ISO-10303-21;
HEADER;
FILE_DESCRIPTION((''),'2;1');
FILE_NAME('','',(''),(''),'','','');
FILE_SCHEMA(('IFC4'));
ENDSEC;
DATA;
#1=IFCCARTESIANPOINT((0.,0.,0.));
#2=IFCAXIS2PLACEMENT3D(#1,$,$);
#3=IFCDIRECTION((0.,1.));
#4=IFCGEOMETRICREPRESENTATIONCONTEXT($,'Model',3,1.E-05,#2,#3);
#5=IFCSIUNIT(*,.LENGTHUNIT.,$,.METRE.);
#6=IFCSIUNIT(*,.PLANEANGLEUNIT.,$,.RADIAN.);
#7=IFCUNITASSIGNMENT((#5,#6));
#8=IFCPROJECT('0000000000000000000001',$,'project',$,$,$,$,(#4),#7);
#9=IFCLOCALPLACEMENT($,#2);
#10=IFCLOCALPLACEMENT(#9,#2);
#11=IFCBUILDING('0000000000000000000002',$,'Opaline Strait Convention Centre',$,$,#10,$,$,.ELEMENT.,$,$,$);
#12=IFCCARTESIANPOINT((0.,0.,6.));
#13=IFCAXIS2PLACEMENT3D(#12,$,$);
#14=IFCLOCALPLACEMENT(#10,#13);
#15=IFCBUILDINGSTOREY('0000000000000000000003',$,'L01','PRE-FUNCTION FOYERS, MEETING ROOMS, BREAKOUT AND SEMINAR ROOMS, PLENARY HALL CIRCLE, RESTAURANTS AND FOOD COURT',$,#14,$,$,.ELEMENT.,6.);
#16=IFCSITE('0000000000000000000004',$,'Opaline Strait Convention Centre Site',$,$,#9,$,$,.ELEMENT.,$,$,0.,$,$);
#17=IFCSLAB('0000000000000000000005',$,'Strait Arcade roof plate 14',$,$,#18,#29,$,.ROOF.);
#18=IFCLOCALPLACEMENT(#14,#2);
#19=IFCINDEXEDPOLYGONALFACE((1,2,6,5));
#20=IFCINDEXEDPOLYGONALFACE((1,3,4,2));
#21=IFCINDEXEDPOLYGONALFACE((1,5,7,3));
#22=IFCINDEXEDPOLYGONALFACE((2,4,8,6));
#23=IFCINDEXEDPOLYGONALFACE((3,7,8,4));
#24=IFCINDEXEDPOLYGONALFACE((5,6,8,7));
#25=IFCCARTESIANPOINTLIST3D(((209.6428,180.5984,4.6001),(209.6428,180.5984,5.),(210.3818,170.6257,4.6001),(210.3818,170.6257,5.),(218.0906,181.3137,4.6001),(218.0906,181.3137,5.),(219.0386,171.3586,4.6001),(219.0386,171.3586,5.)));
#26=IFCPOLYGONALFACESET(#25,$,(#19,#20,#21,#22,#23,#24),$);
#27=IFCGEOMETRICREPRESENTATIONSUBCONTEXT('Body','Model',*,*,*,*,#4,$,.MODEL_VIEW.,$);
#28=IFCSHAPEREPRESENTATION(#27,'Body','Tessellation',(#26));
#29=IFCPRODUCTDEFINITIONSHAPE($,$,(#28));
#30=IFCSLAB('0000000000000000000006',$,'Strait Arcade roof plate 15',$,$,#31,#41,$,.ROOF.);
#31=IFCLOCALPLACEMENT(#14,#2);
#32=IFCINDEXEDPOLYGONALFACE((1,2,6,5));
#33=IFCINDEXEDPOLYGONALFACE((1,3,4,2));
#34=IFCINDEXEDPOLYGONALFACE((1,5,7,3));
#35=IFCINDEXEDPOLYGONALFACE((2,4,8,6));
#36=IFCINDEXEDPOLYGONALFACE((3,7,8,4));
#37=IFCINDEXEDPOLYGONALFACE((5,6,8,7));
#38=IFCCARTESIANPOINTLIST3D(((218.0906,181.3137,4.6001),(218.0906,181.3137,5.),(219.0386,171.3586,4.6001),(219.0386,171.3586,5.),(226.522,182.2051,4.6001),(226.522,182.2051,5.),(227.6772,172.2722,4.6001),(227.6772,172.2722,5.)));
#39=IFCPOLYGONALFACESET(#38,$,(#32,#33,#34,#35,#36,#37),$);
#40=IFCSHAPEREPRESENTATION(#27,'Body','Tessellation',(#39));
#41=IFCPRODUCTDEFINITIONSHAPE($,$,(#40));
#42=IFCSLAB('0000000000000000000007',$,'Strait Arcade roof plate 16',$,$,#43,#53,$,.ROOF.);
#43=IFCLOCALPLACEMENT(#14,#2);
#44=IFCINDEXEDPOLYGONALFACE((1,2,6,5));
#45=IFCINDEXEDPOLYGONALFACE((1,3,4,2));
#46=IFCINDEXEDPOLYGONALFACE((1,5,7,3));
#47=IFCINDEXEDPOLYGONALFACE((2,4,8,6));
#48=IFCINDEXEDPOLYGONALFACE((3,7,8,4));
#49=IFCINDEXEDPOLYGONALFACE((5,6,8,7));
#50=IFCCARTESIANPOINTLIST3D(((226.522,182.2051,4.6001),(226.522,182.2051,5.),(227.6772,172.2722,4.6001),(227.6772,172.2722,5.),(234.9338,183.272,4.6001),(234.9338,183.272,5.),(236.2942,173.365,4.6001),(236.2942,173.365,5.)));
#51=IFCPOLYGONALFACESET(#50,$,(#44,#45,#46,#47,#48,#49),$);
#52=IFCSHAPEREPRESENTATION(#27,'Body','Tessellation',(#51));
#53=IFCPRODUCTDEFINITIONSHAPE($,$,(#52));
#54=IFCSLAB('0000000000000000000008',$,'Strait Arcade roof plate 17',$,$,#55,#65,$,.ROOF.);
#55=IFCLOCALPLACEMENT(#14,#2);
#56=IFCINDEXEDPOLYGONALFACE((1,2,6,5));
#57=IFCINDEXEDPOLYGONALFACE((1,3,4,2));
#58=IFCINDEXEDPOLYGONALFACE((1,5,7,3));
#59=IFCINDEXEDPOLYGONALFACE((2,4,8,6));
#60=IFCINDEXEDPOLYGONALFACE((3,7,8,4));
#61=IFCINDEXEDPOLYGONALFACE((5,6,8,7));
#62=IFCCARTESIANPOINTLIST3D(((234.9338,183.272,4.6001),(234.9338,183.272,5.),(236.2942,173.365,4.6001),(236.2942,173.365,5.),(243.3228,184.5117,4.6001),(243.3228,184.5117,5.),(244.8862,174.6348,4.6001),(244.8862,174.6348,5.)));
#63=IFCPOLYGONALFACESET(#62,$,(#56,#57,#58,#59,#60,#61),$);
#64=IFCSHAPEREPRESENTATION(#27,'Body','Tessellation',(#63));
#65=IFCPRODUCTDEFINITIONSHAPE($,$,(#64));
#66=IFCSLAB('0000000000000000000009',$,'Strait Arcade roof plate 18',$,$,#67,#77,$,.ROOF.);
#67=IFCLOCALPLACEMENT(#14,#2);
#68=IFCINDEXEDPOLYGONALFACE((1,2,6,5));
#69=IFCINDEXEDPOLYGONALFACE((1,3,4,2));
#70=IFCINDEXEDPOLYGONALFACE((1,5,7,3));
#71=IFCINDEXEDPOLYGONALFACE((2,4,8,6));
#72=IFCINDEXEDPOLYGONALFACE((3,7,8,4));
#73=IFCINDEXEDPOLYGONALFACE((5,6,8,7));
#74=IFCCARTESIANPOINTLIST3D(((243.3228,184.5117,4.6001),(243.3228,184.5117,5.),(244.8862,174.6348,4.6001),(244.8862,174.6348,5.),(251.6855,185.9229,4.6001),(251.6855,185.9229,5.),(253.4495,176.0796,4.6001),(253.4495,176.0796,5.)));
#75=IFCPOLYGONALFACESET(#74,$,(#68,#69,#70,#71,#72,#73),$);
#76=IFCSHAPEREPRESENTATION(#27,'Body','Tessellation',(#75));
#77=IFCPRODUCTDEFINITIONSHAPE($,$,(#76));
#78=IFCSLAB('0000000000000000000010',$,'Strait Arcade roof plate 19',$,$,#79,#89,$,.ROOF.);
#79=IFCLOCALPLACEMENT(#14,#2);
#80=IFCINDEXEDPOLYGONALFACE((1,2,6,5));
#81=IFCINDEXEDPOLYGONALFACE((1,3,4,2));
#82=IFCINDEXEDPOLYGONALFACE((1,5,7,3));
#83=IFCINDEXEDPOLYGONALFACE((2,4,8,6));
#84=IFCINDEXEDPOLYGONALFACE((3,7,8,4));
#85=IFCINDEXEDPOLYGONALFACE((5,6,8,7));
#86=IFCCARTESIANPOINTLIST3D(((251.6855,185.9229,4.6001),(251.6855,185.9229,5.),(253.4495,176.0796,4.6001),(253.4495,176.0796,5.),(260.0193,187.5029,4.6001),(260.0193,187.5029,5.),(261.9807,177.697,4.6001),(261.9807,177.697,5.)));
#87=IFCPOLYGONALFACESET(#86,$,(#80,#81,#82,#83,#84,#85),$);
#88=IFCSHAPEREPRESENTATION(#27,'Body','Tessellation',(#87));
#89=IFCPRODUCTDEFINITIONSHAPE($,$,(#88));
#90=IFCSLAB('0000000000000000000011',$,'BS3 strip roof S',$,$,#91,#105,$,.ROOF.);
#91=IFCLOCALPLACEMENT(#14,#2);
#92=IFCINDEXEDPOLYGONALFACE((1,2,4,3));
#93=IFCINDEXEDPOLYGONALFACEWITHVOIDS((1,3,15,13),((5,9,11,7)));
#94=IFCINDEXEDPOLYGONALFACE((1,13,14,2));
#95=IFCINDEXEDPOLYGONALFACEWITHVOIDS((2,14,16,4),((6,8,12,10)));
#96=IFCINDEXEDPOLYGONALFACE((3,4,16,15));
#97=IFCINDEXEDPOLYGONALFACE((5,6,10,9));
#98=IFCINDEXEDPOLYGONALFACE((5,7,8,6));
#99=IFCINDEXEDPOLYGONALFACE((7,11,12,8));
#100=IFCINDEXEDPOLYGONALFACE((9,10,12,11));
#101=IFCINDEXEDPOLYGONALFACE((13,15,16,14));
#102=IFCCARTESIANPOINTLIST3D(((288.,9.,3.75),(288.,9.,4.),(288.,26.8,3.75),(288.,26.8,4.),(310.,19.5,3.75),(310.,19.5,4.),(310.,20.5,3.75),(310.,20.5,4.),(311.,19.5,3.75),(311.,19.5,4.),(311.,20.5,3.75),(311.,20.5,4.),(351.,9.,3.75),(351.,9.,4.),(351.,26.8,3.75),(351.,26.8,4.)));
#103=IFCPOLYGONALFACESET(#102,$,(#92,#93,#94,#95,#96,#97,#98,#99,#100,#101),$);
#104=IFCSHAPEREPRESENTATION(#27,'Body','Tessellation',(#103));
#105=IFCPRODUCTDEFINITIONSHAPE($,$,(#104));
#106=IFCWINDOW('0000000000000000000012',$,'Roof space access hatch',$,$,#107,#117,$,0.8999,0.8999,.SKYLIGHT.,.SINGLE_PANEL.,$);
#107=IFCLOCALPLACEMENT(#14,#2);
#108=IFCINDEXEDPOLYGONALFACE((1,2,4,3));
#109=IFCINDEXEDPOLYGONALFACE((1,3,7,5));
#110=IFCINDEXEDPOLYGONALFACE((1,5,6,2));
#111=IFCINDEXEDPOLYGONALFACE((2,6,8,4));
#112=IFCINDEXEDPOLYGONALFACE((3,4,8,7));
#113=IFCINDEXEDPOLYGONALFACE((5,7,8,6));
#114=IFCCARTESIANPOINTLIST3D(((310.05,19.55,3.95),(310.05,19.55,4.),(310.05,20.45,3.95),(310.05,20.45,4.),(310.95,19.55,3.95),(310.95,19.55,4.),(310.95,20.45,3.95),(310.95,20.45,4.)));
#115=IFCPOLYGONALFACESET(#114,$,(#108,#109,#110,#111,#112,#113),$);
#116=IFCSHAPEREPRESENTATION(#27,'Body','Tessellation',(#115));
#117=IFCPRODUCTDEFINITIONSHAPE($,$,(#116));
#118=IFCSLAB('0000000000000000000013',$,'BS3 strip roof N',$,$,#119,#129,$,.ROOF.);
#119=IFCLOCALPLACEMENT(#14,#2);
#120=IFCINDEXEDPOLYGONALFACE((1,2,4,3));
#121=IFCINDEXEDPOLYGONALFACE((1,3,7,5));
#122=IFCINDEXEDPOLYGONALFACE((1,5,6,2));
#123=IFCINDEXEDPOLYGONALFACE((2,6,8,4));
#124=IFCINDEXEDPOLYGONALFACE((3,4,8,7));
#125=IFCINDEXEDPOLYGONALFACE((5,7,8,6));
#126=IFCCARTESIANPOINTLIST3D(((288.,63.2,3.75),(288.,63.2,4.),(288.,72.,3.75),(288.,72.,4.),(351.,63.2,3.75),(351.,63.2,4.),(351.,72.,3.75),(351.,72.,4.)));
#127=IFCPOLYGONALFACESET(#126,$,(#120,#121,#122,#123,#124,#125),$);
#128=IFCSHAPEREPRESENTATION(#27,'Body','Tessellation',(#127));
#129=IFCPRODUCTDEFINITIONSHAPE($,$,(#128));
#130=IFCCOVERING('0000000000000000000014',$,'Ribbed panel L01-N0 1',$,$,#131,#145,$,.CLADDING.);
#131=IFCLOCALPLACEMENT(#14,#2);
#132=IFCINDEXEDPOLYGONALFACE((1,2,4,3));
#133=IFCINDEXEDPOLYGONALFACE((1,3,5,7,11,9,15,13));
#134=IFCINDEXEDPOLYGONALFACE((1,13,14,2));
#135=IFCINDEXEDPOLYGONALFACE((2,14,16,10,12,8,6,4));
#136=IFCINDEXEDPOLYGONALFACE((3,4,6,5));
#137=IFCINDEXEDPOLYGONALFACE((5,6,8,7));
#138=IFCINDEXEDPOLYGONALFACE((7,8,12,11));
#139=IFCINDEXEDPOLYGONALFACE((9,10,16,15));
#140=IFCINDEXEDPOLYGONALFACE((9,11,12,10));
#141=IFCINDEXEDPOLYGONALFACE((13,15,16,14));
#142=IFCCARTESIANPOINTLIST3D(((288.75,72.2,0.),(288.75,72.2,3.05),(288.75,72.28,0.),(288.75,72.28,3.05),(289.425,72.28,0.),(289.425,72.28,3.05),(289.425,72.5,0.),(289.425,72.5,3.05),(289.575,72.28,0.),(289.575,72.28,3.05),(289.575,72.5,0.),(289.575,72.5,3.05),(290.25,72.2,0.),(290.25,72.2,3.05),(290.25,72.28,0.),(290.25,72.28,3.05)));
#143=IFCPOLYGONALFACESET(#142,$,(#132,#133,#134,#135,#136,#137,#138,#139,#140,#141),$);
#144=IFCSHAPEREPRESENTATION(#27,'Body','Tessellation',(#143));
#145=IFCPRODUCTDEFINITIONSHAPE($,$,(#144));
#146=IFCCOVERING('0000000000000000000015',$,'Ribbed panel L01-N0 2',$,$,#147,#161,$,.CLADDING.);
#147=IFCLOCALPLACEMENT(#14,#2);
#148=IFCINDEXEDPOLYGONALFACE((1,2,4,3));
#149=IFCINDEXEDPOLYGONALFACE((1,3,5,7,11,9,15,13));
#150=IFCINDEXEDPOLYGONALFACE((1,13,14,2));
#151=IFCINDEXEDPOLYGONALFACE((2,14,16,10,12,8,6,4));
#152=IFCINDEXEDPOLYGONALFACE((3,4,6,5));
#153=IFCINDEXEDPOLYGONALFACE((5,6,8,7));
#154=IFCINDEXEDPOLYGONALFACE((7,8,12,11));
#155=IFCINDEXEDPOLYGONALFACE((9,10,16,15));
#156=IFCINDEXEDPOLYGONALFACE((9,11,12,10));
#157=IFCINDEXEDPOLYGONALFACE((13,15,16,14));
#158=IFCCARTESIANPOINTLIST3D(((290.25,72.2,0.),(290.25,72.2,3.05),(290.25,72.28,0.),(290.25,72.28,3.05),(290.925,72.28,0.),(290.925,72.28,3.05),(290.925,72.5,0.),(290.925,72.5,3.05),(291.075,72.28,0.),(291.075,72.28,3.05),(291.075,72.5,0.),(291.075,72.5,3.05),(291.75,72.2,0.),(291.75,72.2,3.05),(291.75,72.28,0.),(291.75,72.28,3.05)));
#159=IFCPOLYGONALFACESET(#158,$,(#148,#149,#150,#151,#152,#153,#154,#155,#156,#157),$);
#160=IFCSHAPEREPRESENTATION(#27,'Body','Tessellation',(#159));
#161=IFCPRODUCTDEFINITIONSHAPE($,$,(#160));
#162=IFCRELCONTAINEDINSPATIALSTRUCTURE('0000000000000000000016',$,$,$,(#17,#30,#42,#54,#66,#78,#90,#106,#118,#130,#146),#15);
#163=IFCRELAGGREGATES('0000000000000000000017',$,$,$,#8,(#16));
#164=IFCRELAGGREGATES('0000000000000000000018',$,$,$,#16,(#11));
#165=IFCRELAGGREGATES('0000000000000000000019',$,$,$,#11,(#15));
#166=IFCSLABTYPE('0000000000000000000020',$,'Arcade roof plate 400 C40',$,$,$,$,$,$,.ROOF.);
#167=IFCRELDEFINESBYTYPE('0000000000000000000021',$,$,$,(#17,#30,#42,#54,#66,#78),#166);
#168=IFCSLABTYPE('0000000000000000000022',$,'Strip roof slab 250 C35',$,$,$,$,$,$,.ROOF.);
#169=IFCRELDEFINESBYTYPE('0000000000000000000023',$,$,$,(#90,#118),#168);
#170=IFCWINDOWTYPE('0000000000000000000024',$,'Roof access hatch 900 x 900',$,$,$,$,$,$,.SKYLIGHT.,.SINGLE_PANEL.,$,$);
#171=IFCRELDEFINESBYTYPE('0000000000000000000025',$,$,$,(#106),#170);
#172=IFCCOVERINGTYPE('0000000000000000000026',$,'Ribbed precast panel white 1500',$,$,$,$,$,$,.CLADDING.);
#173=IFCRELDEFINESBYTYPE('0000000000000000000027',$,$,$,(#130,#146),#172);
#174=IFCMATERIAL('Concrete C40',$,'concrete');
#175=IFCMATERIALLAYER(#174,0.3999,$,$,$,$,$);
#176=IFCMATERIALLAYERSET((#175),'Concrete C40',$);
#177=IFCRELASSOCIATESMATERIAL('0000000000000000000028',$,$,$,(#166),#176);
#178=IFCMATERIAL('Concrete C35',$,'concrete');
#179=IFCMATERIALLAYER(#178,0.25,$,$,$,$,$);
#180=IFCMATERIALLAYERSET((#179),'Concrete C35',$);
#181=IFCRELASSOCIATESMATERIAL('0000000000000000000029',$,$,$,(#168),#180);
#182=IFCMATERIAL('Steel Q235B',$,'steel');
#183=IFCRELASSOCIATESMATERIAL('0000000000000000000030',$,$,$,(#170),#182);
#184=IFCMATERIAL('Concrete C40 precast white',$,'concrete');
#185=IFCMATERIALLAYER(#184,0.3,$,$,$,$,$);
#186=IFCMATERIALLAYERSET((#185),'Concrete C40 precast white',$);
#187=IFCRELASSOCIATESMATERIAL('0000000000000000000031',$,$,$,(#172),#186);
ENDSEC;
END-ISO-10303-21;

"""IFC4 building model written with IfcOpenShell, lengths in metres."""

from ifc_helpers import new_model, si_unit, direction, frame, origin, origin_2d, place, context, subcontext, project, spatial, polyline, rectangle, outline, extrude, material, layer, layer_set, type_object, element, fill, save


model = new_model("IFC4")

# Units and contexts
model_context = context("Model", 3, precision=1e-05, world=origin(), true_north=direction((0.0, 1.0)))
body_context = subcontext(model_context, "Body", "Model", "MODEL_VIEW")
ifc_project = project(units=[si_unit("LENGTHUNIT", "METRE"), si_unit("PLANEANGLEUNIT", "RADIAN")], contexts=[model_context])

# Site, building, storey
site_placement = place(None, origin())
site = spatial("IfcSite", under=ifc_project, at=site_placement, Name="Opaline Strait Convention Centre Site", CompositionType="ELEMENT", RefElevation=0.0)
building_placement = place(site_placement, origin())
building = spatial("IfcBuilding", under=site, at=building_placement, Name="Opaline Strait Convention Centre", CompositionType="ELEMENT")
storey_placement = place(building_placement, frame((0.0, 0.0, 6.0)))
storey = spatial("IfcBuildingStorey", under=building, at=storey_placement, Name="L01", Description="PRE-FUNCTION FOYERS, MEETING ROOMS, BREAKOUT AND SEMINAR ROOMS, PLENARY HALL CIRCLE, RESTAURANTS AND FOOD COURT", CompositionType="ELEMENT", Elevation=6.0)

# Slabs
ifc_material_1 = material(Name="Concrete C40", Category="concrete")
ifc_layer_1 = layer(ifc_material_1, 0.3999)
ifc_layer_set_1 = layer_set([ifc_layer_1], Name="Concrete C40")
slab_type_1 = type_object("IfcSlabType", Name="Arcade roof plate 400 C40", PredefinedType="ROOF", material=ifc_layer_set_1)
slab_1_placement = place(storey_placement, frame((0.0, 0.0, 4.6001)))
element("IfcSlab", 1, at=slab_1_placement, inside=storey, type_object=slab_type_1, Name="Strait Arcade roof plate 14", PredefinedType="ROOF", context=body_context, shape_type="SweptSolid", body=[
    extrude(outline(polyline([(210.3818, 170.6257), (219.0386, 171.3586), (218.0906, 181.3137), (209.6428, 180.5984), (210.3818, 170.6257)])), origin(), (0.0, 0.0, 1.0), 0.3999),
])
slab_2_placement = place(storey_placement, frame((0.0, 0.0, 4.6001)))
element("IfcSlab", 2, at=slab_2_placement, inside=storey, type_object=slab_type_1, Name="Strait Arcade roof plate 15", PredefinedType="ROOF", context=body_context, shape_type="SweptSolid", body=[
    extrude(outline(polyline([(219.0386, 171.3586), (227.6772, 172.2722), (226.522, 182.2051), (218.0906, 181.3137), (219.0386, 171.3586)])), origin(), (0.0, 0.0, 1.0), 0.3999),
])
slab_3_placement = place(storey_placement, frame((0.0, 0.0, 4.6001)))
element("IfcSlab", 3, at=slab_3_placement, inside=storey, type_object=slab_type_1, Name="Strait Arcade roof plate 16", PredefinedType="ROOF", context=body_context, shape_type="SweptSolid", body=[
    extrude(outline(polyline([(227.6772, 172.2722), (236.2942, 173.365), (234.9338, 183.272), (226.522, 182.2051), (227.6772, 172.2722)])), origin(), (0.0, 0.0, 1.0), 0.3999),
])
slab_4_placement = place(storey_placement, frame((0.0, 0.0, 4.6001)))
element("IfcSlab", 4, at=slab_4_placement, inside=storey, type_object=slab_type_1, Name="Strait Arcade roof plate 17", PredefinedType="ROOF", context=body_context, shape_type="SweptSolid", body=[
    extrude(outline(polyline([(236.2942, 173.365), (244.8862, 174.6348), (243.3228, 184.5117), (234.9338, 183.272), (236.2942, 173.365)])), origin(), (0.0, 0.0, 1.0), 0.3999),
])
slab_5_placement = place(storey_placement, frame((0.0, 0.0, 4.6001)))
element("IfcSlab", 5, at=slab_5_placement, inside=storey, type_object=slab_type_1, Name="Strait Arcade roof plate 18", PredefinedType="ROOF", context=body_context, shape_type="SweptSolid", body=[
    extrude(outline(polyline([(244.8862, 174.6348), (253.4495, 176.0796), (251.6855, 185.9229), (243.3228, 184.5117), (244.8862, 174.6348)])), origin(), (0.0, 0.0, 1.0), 0.3999),
])
slab_6_placement = place(storey_placement, frame((0.0, 0.0, 4.6001)))
element("IfcSlab", 6, at=slab_6_placement, inside=storey, type_object=slab_type_1, Name="Strait Arcade roof plate 19", PredefinedType="ROOF", context=body_context, shape_type="SweptSolid", body=[
    extrude(outline(polyline([(253.4495, 176.0796), (261.9807, 177.697), (260.0193, 187.5029), (251.6855, 185.9229), (253.4495, 176.0796)])), origin(), (0.0, 0.0, 1.0), 0.3999),
])

# Slab, opening, window
ifc_material_2 = material(Name="Concrete C35", Category="concrete")
ifc_layer_2 = layer(ifc_material_2, 0.25)
ifc_layer_set_2 = layer_set([ifc_layer_2], Name="Concrete C35")
slab_type_2 = type_object("IfcSlabType", Name="Strip roof slab 250 C35", PredefinedType="ROOF", material=ifc_layer_set_2)
slab_7_placement = place(storey_placement, frame((0.0, 0.0, 3.75)))
slab_7 = element("IfcSlab", 7, at=slab_7_placement, inside=storey, type_object=slab_type_2, Name="BS3 strip roof S", PredefinedType="ROOF", context=body_context, shape_type="SweptSolid", body=[
    extrude(outline(polyline([(288.0, 9.0), (288.0, 26.8), (351.0, 26.8), (351.0, 9.0), (288.0, 9.0)]), holes=[polyline([(311.0, 20.5), (310.0, 20.5), (310.0, 19.5), (311.0, 19.5), (311.0, 20.5)])]), origin(), (0.0, 0.0, 1.0), 0.25),
])
opening_placement = place(slab_7_placement, frame((310.5, 20.0, 0.0)))
opening = element("IfcOpeningElement", 8, at=opening_placement, cuts=slab_7, PredefinedType="OPENING", context=body_context, shape_type="SweptSolid", body=[
    extrude(rectangle(XDim=0.8999, YDim=0.8999, at=origin_2d()), origin(), (0.0, 0.0, 1.0), 0.25),
])
ifc_material_3 = material(Name="Steel Q235B", Category="steel")
window_type = type_object("IfcWindowType", Name="Roof access hatch 900 x 900", PartitioningType="SINGLE_PANEL", PredefinedType="SKYLIGHT", material=ifc_material_3)
window_placement = place(opening_placement, frame((0.0, 0.0, 0.2)))
window = element("IfcWindow", 9, at=window_placement, inside=storey, type_object=window_type, Name="Roof space access hatch", OverallHeight=0.8999, OverallWidth=0.8999, PartitioningType="SINGLE_PANEL", PredefinedType="SKYLIGHT", context=body_context, shape_type="SweptSolid", body=[
    extrude(rectangle(XDim=0.8999, YDim=0.8999, at=origin_2d()), origin(), (0.0, 0.0, 1.0), 0.05),
])
fill(opening, window)

# Slab
slab_8_placement = place(storey_placement, frame((0.0, 0.0, 3.75)))
element("IfcSlab", 10, at=slab_8_placement, inside=storey, type_object=slab_type_2, Name="BS3 strip roof N", PredefinedType="ROOF", context=body_context, shape_type="SweptSolid", body=[
    extrude(outline(polyline([(351.0, 63.2), (351.0, 72.0), (288.0, 72.0), (288.0, 63.2), (351.0, 63.2)])), origin(), (0.0, 0.0, 1.0), 0.25),
])

# Coverings
ifc_material_4 = material(Name="Concrete C40 precast white", Category="concrete")
ifc_layer_3 = layer(ifc_material_4, 0.3)
ifc_layer_set_3 = layer_set([ifc_layer_3], Name="Concrete C40 precast white")
covering_type = type_object("IfcCoveringType", Name="Ribbed precast panel white 1500", PredefinedType="CLADDING", material=ifc_layer_set_3)
covering_1_placement = place(storey_placement, origin())
element("IfcCovering", 11, at=covering_1_placement, inside=storey, type_object=covering_type, Name="Ribbed panel L01-N0 1", PredefinedType="CLADDING", context=body_context, shape_type="SweptSolid", body=[
    extrude(outline(polyline([(288.75, 72.2), (290.25, 72.2), (290.25, 72.28), (289.575, 72.28), (289.575, 72.5), (289.425, 72.5), (289.425, 72.28), (288.75, 72.28), (288.75, 72.2)])), origin(), (0.0, 0.0, 1.0), 3.05),
])
covering_2_placement = place(storey_placement, origin())
element("IfcCovering", 12, at=covering_2_placement, inside=storey, type_object=covering_type, Name="Ribbed panel L01-N0 2", PredefinedType="CLADDING", context=body_context, shape_type="SweptSolid", body=[
    extrude(outline(polyline([(290.25, 72.2), (291.75, 72.2), (291.75, 72.28), (291.075, 72.28), (291.075, 72.5), (290.925, 72.5), (290.925, 72.28), (290.25, 72.28), (290.25, 72.2)])), origin(), (0.0, 0.0, 1.0), 3.05),
])

save(model, "model.ifc")
